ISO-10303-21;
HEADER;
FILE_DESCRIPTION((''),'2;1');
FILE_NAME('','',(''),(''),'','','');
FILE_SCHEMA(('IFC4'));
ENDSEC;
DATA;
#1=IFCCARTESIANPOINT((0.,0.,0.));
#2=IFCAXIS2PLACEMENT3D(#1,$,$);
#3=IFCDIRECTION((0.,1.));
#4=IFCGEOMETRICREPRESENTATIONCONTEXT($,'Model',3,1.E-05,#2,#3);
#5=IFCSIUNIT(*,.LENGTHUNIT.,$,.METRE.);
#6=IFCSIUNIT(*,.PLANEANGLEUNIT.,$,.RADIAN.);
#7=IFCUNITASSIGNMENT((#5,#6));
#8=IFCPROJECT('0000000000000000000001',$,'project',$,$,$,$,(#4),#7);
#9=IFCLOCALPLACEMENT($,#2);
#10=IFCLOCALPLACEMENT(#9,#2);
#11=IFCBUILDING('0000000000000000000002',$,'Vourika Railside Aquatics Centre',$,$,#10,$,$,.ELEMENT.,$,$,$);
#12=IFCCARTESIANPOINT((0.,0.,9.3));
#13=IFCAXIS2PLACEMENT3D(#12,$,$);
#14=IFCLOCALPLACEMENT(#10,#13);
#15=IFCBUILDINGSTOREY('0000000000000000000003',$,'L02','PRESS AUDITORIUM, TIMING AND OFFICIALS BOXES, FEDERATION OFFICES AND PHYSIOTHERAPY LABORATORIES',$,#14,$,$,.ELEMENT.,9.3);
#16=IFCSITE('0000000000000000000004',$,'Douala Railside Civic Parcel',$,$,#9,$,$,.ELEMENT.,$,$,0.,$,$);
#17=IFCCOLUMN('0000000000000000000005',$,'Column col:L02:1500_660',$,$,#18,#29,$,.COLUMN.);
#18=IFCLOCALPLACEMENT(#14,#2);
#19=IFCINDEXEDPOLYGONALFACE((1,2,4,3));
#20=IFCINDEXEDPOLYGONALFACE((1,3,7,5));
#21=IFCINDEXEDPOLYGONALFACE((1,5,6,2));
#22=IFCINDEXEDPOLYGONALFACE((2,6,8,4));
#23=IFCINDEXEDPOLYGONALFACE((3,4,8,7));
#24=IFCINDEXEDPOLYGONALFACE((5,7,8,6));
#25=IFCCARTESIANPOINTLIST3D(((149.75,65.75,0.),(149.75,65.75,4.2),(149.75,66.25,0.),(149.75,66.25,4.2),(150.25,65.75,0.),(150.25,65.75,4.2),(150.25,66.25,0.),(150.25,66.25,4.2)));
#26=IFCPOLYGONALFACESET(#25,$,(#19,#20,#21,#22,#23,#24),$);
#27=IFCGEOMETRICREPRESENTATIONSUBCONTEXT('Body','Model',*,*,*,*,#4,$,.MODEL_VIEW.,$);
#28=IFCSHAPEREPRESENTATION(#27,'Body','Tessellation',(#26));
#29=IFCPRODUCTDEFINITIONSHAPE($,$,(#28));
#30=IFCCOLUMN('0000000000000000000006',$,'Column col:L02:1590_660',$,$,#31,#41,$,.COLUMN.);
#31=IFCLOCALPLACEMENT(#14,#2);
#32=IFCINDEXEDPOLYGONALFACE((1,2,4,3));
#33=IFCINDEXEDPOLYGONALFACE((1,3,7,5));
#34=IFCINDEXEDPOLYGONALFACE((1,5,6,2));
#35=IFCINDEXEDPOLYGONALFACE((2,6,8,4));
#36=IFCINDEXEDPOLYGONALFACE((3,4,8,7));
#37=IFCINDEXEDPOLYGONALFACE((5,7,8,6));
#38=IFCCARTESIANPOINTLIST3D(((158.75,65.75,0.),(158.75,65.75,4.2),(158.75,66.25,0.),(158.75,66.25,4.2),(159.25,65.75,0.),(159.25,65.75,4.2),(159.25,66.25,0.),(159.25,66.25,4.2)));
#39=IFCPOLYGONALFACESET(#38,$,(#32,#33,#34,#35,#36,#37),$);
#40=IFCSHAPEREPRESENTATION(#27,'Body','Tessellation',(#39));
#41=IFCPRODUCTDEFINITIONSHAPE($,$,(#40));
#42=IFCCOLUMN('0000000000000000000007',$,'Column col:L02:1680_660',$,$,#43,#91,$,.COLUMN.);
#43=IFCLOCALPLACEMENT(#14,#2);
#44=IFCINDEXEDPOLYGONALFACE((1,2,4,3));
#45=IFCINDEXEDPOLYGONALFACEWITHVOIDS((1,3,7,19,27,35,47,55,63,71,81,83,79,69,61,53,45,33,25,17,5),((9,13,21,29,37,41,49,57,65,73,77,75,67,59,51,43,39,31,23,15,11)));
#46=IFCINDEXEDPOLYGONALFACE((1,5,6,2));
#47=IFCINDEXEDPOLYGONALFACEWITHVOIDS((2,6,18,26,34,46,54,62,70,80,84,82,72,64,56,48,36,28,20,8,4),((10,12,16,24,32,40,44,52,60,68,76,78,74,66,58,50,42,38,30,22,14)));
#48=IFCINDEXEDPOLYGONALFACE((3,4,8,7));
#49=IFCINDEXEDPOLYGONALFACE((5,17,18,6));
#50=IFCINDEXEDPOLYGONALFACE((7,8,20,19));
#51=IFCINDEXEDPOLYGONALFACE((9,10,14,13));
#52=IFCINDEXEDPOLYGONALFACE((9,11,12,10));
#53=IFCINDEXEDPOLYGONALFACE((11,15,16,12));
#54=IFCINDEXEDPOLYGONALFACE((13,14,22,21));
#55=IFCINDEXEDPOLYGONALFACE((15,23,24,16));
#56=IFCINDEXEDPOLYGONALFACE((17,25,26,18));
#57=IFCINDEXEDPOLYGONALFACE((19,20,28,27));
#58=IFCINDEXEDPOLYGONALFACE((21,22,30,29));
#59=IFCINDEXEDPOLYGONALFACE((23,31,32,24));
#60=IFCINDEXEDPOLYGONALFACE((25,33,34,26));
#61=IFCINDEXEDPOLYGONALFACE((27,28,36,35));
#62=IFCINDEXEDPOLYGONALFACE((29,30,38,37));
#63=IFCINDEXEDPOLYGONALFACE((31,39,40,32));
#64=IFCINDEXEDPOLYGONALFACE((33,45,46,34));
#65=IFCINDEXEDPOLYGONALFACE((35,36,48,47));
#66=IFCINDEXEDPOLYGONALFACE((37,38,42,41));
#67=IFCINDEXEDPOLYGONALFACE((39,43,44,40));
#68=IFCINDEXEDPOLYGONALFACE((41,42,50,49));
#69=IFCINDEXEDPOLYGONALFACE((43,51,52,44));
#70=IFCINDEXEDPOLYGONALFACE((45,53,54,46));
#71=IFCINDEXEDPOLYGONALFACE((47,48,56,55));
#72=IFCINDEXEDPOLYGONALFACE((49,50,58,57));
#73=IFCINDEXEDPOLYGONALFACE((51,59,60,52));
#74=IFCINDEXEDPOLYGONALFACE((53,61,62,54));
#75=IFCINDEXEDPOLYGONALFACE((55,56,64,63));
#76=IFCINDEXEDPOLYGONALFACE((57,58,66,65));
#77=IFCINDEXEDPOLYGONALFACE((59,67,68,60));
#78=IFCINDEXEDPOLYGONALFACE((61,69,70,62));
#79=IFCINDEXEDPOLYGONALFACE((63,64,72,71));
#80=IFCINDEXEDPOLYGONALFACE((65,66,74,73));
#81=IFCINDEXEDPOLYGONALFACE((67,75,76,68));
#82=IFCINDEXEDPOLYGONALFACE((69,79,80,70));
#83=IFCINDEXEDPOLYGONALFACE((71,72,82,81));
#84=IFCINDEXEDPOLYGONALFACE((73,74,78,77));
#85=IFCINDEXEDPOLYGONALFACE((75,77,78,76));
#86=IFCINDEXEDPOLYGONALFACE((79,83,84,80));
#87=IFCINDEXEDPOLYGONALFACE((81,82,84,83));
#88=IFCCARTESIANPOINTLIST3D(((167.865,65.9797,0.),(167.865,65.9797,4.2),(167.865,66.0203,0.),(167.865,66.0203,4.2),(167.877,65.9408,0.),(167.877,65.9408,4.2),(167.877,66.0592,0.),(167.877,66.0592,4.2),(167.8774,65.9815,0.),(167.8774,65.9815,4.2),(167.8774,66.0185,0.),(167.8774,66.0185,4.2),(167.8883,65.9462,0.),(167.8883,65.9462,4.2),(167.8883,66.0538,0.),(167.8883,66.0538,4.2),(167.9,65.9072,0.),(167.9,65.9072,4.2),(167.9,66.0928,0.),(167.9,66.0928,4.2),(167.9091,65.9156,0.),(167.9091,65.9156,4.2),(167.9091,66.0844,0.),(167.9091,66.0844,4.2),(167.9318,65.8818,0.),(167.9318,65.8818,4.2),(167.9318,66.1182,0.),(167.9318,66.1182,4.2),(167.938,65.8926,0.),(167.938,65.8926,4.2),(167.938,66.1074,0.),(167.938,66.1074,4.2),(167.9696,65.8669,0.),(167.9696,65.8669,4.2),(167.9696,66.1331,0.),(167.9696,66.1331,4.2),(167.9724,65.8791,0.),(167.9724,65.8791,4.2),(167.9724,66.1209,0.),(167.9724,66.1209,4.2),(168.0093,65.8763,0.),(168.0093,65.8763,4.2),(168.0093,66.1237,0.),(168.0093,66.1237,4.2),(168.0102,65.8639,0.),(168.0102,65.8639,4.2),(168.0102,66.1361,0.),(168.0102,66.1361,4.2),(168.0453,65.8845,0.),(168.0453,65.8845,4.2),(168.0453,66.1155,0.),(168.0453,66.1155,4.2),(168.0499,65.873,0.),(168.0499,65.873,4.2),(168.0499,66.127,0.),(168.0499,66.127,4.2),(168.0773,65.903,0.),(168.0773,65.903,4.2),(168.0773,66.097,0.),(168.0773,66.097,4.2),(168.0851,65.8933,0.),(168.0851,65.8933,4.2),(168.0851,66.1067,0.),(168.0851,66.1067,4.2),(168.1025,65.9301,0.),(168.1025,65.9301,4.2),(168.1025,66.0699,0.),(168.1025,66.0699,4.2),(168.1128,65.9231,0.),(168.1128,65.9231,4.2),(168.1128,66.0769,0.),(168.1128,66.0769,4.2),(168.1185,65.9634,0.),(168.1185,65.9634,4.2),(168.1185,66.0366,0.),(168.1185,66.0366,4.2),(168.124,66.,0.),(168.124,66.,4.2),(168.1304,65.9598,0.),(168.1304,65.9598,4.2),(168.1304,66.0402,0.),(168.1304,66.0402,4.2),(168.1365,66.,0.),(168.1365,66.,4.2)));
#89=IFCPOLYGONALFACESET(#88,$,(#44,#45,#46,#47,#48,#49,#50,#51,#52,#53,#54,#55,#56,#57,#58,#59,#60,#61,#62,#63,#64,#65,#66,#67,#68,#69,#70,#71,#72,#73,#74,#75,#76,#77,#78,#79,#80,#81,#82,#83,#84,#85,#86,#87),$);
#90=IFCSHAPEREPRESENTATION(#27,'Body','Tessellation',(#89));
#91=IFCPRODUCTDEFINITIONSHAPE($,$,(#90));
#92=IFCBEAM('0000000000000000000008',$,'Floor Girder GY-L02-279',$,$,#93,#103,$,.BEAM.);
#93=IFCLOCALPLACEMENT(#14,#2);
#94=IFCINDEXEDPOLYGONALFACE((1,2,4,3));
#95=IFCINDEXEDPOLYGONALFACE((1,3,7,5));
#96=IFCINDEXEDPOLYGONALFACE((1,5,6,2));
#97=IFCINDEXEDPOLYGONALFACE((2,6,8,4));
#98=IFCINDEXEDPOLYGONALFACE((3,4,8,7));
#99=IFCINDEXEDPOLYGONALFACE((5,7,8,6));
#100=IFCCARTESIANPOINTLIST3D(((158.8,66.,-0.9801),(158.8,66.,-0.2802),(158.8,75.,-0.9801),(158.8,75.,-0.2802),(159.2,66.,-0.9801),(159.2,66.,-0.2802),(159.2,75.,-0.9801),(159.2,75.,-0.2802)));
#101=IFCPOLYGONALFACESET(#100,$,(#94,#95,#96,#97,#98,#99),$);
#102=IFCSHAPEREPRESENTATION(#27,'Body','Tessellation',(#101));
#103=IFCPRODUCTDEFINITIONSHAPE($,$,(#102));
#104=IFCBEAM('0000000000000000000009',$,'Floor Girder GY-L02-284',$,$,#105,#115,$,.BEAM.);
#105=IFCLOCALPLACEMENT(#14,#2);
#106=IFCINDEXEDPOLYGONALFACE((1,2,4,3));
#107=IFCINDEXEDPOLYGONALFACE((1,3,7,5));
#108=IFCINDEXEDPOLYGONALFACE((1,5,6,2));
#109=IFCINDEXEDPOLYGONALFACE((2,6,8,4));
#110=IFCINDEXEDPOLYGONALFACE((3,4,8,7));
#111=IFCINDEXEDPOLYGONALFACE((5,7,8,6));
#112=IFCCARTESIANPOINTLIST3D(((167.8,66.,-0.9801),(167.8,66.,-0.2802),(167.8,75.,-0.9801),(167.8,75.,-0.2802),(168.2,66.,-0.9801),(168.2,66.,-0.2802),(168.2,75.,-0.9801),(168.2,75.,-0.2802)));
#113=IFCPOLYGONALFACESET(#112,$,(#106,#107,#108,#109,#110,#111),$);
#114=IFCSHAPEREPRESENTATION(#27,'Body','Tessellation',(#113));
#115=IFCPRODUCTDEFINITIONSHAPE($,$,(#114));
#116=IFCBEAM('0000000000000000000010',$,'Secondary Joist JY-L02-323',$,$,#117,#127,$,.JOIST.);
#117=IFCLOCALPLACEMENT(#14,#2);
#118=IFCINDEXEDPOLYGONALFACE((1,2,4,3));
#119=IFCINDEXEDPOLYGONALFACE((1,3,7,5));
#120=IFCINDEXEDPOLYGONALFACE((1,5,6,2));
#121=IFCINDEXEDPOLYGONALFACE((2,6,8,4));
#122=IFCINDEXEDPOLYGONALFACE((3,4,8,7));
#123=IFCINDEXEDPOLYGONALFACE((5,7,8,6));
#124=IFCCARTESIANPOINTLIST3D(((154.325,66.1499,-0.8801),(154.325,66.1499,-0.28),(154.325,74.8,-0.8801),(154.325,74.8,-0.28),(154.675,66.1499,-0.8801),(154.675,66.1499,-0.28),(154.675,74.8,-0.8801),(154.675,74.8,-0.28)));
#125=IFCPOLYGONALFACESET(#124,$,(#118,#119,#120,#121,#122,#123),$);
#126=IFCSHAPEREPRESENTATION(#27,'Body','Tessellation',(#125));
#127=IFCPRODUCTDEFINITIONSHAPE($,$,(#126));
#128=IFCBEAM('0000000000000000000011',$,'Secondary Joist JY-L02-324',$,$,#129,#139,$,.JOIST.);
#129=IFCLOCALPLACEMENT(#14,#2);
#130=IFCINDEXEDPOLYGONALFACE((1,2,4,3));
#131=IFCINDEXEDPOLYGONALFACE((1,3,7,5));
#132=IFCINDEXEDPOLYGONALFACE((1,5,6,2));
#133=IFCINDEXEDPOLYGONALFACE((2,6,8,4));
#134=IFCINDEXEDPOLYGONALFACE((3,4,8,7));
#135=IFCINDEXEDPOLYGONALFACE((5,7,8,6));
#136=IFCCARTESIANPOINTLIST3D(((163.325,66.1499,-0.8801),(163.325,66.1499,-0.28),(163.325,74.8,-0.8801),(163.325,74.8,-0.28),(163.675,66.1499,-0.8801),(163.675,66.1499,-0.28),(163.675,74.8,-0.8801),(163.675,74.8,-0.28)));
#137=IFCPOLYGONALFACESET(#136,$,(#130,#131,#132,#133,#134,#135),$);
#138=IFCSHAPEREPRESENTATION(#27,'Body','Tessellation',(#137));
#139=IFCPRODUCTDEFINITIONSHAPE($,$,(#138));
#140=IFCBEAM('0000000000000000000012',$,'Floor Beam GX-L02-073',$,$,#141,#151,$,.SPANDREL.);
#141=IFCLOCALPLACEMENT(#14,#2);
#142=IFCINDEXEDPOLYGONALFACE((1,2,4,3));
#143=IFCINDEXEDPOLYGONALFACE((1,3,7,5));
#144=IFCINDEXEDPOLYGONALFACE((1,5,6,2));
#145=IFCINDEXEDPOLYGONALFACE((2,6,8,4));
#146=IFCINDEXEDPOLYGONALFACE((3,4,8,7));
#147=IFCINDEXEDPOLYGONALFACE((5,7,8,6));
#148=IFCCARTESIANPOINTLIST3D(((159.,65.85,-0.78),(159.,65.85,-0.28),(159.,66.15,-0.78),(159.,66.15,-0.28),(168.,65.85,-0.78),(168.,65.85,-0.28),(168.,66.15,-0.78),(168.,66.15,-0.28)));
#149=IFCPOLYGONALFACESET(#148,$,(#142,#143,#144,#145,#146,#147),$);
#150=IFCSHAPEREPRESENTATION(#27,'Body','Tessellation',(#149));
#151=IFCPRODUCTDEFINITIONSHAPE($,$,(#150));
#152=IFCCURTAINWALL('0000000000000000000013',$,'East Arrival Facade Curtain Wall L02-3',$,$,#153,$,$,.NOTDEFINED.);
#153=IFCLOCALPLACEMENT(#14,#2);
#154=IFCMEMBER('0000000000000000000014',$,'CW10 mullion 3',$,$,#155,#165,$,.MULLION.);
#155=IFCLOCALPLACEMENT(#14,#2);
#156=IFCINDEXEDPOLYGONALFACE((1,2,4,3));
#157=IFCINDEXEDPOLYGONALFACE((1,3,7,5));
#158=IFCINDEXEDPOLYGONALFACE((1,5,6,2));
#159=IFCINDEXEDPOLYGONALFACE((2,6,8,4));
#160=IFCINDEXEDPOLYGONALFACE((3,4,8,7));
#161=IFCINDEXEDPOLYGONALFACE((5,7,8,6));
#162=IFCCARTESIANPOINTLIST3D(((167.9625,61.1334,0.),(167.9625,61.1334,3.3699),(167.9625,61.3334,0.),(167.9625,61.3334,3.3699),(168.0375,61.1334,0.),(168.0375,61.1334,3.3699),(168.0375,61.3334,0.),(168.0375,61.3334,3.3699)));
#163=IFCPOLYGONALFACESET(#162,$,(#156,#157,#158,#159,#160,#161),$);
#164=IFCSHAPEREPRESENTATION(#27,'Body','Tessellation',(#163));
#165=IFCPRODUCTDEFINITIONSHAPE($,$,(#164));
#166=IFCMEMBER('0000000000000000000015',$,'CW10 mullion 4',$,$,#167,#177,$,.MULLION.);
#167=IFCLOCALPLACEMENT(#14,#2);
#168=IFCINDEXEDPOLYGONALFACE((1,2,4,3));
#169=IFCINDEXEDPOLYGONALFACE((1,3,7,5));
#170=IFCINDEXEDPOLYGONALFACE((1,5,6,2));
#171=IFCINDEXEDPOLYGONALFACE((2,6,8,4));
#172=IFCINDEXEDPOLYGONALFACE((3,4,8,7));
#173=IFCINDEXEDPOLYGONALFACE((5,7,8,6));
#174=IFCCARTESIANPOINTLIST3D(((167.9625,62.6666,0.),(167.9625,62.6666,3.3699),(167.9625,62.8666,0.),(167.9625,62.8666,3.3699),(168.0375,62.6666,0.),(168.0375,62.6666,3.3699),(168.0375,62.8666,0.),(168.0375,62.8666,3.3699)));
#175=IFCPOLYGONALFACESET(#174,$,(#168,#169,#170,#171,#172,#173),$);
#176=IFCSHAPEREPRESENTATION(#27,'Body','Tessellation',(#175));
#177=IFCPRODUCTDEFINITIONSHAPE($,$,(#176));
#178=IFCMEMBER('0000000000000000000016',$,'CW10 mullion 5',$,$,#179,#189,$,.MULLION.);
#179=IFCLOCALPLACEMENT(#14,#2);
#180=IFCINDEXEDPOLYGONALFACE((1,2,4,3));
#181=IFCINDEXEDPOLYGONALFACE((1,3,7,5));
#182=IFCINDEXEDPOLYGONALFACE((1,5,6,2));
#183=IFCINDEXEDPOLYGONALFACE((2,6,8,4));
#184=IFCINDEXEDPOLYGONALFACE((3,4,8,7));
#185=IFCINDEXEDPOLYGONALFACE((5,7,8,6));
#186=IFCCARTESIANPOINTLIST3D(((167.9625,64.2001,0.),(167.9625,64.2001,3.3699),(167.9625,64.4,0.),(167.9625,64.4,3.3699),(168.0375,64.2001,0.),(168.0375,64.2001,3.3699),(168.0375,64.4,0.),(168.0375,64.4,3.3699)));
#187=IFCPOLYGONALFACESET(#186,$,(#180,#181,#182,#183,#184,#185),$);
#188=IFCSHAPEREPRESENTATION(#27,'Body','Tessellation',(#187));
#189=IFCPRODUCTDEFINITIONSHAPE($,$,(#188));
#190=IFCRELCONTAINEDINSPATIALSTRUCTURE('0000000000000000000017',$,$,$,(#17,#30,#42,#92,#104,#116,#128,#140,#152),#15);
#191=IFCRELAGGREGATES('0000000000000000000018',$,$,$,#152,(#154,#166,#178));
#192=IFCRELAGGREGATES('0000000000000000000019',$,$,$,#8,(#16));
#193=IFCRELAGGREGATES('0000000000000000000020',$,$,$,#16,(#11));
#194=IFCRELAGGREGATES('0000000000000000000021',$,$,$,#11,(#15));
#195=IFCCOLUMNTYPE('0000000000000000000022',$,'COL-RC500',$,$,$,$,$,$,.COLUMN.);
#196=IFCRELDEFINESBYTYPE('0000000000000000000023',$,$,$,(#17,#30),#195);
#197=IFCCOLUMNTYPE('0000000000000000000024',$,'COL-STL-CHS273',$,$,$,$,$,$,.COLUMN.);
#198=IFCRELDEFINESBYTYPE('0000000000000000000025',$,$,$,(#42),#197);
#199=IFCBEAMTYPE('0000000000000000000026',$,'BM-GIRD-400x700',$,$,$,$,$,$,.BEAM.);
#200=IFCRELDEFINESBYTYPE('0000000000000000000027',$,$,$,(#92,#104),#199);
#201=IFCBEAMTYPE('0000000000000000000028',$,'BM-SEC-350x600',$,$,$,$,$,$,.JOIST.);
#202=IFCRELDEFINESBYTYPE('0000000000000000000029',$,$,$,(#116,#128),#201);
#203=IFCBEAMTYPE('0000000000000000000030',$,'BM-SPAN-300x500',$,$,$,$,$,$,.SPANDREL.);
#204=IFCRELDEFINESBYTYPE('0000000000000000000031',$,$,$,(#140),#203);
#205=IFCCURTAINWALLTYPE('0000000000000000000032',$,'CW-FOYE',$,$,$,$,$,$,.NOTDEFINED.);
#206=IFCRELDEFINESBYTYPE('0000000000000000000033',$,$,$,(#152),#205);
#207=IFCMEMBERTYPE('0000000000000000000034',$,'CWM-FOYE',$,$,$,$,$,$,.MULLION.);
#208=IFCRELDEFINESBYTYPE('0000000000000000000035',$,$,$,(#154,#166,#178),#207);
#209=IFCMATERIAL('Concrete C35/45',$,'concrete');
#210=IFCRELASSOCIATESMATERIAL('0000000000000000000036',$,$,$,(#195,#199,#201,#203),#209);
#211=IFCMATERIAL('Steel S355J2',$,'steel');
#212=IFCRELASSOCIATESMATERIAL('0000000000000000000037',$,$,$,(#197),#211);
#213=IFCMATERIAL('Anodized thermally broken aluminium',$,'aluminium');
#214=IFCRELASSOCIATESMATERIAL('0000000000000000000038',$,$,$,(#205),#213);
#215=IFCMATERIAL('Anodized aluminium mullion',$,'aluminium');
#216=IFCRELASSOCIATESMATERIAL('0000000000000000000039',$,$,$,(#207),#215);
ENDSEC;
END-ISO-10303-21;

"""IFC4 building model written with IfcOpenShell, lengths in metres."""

from ifc_helpers import new_model, si_unit, direction, frame, origin, origin_2d, place, context, subcontext, project, spatial, rectangle, hollow_circle, extrude, material, material_profile, profile_set, type_object, element, aggregate, save


model = new_model("IFC4")

# Units and contexts
model_context = context("Model", 3, precision=1e-05, world=origin(), true_north=direction((0.0, 1.0)))
body_context = subcontext(model_context, "Body", "Model", "MODEL_VIEW")
ifc_project = project(units=[si_unit("LENGTHUNIT", "METRE"), si_unit("PLANEANGLEUNIT", "RADIAN")], contexts=[model_context])

# Site, building, storey
site_placement = place(None, origin())
site = spatial("IfcSite", under=ifc_project, at=site_placement, Name="Douala Railside Civic Parcel", CompositionType="ELEMENT", RefElevation=0.0)
building_placement = place(site_placement, origin())
building = spatial("IfcBuilding", under=site, at=building_placement, Name="Vourika Railside Aquatics Centre", CompositionType="ELEMENT")
storey_placement = place(building_placement, frame((0.0, 0.0, 9.3)))
storey = spatial("IfcBuildingStorey", under=building, at=storey_placement, Name="L02", Description="PRESS AUDITORIUM, TIMING AND OFFICIALS BOXES, FEDERATION OFFICES AND PHYSIOTHERAPY LABORATORIES", CompositionType="ELEMENT", Elevation=9.3)

# Columns
ifc_material_1 = material(Name="Concrete C35/45", Category="concrete")
ifc_material_profile_1 = material_profile(ifc_material_1, rectangle(XDim=0.5, YDim=0.5, at=origin_2d()), Name="RC 500x500")
ifc_profile_set_1 = profile_set([ifc_material_profile_1], Name="Concrete C35/45")
column_type_1 = type_object("IfcColumnType", Name="COL-RC500", PredefinedType="COLUMN", material=ifc_profile_set_1)
for number, where, z_axis, x_axis, name in (
    (1, (150.0, 66.0, 0.0), (0.0, 0.0, 1.0), (1.0, 0.0, 0.0), "Column col:L02:1500_660"),
    (2, (159.0, 66.0, 0.0), (0.0, 0.0, 1.0), (1.0, 0.0, 0.0), "Column col:L02:1590_660"),
):
    element("IfcColumn", number, at=place(storey_placement, frame(where, z_axis=z_axis, x_axis=x_axis)), inside=storey, type_object=column_type_1, Name=name, PredefinedType="COLUMN", context=body_context, shape_type="SweptSolid", body=[
        extrude(rectangle(XDim=0.5, YDim=0.5, at=origin_2d()), origin(), (0.0, 0.0, 1.0), 4.2),
    ])
ifc_material_2 = material(Name="Steel S355J2", Category="steel")
ifc_material_profile_2 = material_profile(ifc_material_2, hollow_circle(Radius=0.1365, WallThickness=0.0125, at=origin_2d()), Name="CHS 273x12.5")
ifc_profile_set_2 = profile_set([ifc_material_profile_2], Name="Steel S355J2")
column_type_2 = type_object("IfcColumnType", Name="COL-STL-CHS273", PredefinedType="COLUMN", material=ifc_profile_set_2)
column_placement = place(storey_placement, frame((168.0, 66.0, 0.0), z_axis=(0.0, 0.0, 1.0), x_axis=(1.0, 0.0, 0.0)))
element("IfcColumn", 3, at=column_placement, inside=storey, type_object=column_type_2, Name="Column col:L02:1680_660", PredefinedType="COLUMN", context=body_context, shape_type="SweptSolid", body=[
    extrude(hollow_circle(Radius=0.1365, WallThickness=0.0125, at=origin_2d()), origin(), (0.0, 0.0, 1.0), 4.2),
])

# Beams
ifc_material_profile_3 = material_profile(ifc_material_1, rectangle(XDim=0.3999, YDim=0.7, at=origin_2d()), Name="RC 400x700")
ifc_profile_set_3 = profile_set([ifc_material_profile_3], Name="Concrete C35/45")
beam_type_1 = type_object("IfcBeamType", Name="BM-GIRD-400x700", PredefinedType="BEAM", material=ifc_profile_set_3)
for number, where, z_axis, x_axis, name in (
    (4, (159.0, 66.0, -0.6301), (0.0, 1.0, 0.0), (-1.0, 0.0, 0.0), "Floor Girder GY-L02-279"),
    (5, (168.0, 66.0, -0.6301), (0.0, 1.0, 0.0), (-1.0, 0.0, 0.0), "Floor Girder GY-L02-284"),
):
    element("IfcBeam", number, at=place(storey_placement, frame(where, z_axis=z_axis, x_axis=x_axis)), inside=storey, type_object=beam_type_1, Name=name, PredefinedType="BEAM", context=body_context, shape_type="SweptSolid", body=[
        extrude(rectangle(XDim=0.3999, YDim=0.7, at=origin_2d()), origin(), (0.0, 0.0, 1.0), 9.0),
    ])
ifc_material_profile_4 = material_profile(ifc_material_1, rectangle(XDim=0.3501, YDim=0.6001, at=origin_2d()), Name="RC 350x600")
ifc_profile_set_4 = profile_set([ifc_material_profile_4], Name="Concrete C35/45")
beam_type_2 = type_object("IfcBeamType", Name="BM-SEC-350x600", PredefinedType="JOIST", material=ifc_profile_set_4)
for number, where, z_axis, x_axis, name in (
    (6, (154.5, 66.1499, -0.5801), (0.0, 1.0, 0.0), (-1.0, 0.0, 0.0), "Secondary Joist JY-L02-323"),
    (7, (163.5, 66.1499, -0.5801), (0.0, 1.0, 0.0), (-1.0, 0.0, 0.0), "Secondary Joist JY-L02-324"),
):
    element("IfcBeam", number, at=place(storey_placement, frame(where, z_axis=z_axis, x_axis=x_axis)), inside=storey, type_object=beam_type_2, Name=name, PredefinedType="JOIST", context=body_context, shape_type="SweptSolid", body=[
        extrude(rectangle(XDim=0.3501, YDim=0.6001, at=origin_2d()), origin(), (0.0, 0.0, 1.0), 8.6501),
    ])
ifc_material_profile_5 = material_profile(ifc_material_1, rectangle(XDim=0.3, YDim=0.5, at=origin_2d()), Name="RC 300x500")
ifc_profile_set_5 = profile_set([ifc_material_profile_5], Name="Concrete C35/45")
beam_type_3 = type_object("IfcBeamType", Name="BM-SPAN-300x500", PredefinedType="SPANDREL", material=ifc_profile_set_5)
beam_placement = place(storey_placement, frame((159.0, 66.0, -0.53), z_axis=(1.0, 0.0, 0.0), x_axis=(0.0, 1.0, 0.0)))
element("IfcBeam", 8, at=beam_placement, inside=storey, type_object=beam_type_3, Name="Floor Beam GX-L02-073", PredefinedType="SPANDREL", context=body_context, shape_type="SweptSolid", body=[
    extrude(rectangle(XDim=0.3, YDim=0.5, at=origin_2d()), origin(), (0.0, 0.0, 1.0), 9.0),
])

# Curtain wall, members
ifc_material_3 = material(Name="Anodized thermally broken aluminium", Category="aluminium")
curtain_wall_type = type_object("IfcCurtainWallType", Name="CW-FOYE", PredefinedType="NOTDEFINED", material=ifc_material_3)
curtain_wall_1_placement = place(storey_placement, origin())
curtain_wall_1 = element("IfcCurtainWall", 9, at=curtain_wall_1_placement, inside=storey, type_object=curtain_wall_type, Name="East Arrival Facade Curtain Wall L02-3", PredefinedType="NOTDEFINED")
ifc_material_4 = material(Name="Anodized aluminium mullion", Category="aluminium")
ifc_material_profile_6 = material_profile(ifc_material_4, rectangle(XDim=0.075, YDim=0.2, at=origin_2d()), Name="ALU-M 75x200")
ifc_profile_set_6 = profile_set([ifc_material_profile_6], Name="Anodized aluminium mullion")
member_type_1 = type_object("IfcMemberType", Name="CWM-FOYE", PredefinedType="MULLION", material=ifc_profile_set_6)
member_1_placement = place(storey_placement, frame((168.0, 61.2334, 0.0), z_axis=(0.0, 0.0, 1.0), x_axis=(-1.0, 0.0, 0.0)))
member_1 = element("IfcMember", 10, at=member_1_placement, type_object=member_type_1, Name="CW10 mullion 3", PredefinedType="MULLION", context=body_context, shape_type="SweptSolid", body=[
    extrude(rectangle(XDim=0.075, YDim=0.2, at=origin_2d()), origin(), (0.0, 0.0, 1.0), 3.3699),
])
member_2_placement = place(storey_placement, frame((168.0, 62.7666, 0.0), z_axis=(0.0, 0.0, 1.0), x_axis=(-1.0, 0.0, 0.0)))
member_2 = element("IfcMember", 11, at=member_2_placement, type_object=member_type_1, Name="CW10 mullion 4", PredefinedType="MULLION", context=body_context, shape_type="SweptSolid", body=[
    extrude(rectangle(XDim=0.075, YDim=0.2, at=origin_2d()), origin(), (0.0, 0.0, 1.0), 3.3699),
])
member_3_placement = place(storey_placement, frame((168.0, 64.3, 0.0), z_axis=(0.0, 0.0, 1.0), x_axis=(-1.0, 0.0, 0.0)))
member_3 = element("IfcMember", 12, at=member_3_placement, type_object=member_type_1, Name="CW10 mullion 5", PredefinedType="MULLION", context=body_context, shape_type="SweptSolid", body=[
    extrude(rectangle(XDim=0.075, YDim=0.2, at=origin_2d()), origin(), (0.0, 0.0, 1.0), 3.3699),
])

aggregate(curtain_wall_1, [member_1, member_2, member_3])

save(model, "model.ifc")
